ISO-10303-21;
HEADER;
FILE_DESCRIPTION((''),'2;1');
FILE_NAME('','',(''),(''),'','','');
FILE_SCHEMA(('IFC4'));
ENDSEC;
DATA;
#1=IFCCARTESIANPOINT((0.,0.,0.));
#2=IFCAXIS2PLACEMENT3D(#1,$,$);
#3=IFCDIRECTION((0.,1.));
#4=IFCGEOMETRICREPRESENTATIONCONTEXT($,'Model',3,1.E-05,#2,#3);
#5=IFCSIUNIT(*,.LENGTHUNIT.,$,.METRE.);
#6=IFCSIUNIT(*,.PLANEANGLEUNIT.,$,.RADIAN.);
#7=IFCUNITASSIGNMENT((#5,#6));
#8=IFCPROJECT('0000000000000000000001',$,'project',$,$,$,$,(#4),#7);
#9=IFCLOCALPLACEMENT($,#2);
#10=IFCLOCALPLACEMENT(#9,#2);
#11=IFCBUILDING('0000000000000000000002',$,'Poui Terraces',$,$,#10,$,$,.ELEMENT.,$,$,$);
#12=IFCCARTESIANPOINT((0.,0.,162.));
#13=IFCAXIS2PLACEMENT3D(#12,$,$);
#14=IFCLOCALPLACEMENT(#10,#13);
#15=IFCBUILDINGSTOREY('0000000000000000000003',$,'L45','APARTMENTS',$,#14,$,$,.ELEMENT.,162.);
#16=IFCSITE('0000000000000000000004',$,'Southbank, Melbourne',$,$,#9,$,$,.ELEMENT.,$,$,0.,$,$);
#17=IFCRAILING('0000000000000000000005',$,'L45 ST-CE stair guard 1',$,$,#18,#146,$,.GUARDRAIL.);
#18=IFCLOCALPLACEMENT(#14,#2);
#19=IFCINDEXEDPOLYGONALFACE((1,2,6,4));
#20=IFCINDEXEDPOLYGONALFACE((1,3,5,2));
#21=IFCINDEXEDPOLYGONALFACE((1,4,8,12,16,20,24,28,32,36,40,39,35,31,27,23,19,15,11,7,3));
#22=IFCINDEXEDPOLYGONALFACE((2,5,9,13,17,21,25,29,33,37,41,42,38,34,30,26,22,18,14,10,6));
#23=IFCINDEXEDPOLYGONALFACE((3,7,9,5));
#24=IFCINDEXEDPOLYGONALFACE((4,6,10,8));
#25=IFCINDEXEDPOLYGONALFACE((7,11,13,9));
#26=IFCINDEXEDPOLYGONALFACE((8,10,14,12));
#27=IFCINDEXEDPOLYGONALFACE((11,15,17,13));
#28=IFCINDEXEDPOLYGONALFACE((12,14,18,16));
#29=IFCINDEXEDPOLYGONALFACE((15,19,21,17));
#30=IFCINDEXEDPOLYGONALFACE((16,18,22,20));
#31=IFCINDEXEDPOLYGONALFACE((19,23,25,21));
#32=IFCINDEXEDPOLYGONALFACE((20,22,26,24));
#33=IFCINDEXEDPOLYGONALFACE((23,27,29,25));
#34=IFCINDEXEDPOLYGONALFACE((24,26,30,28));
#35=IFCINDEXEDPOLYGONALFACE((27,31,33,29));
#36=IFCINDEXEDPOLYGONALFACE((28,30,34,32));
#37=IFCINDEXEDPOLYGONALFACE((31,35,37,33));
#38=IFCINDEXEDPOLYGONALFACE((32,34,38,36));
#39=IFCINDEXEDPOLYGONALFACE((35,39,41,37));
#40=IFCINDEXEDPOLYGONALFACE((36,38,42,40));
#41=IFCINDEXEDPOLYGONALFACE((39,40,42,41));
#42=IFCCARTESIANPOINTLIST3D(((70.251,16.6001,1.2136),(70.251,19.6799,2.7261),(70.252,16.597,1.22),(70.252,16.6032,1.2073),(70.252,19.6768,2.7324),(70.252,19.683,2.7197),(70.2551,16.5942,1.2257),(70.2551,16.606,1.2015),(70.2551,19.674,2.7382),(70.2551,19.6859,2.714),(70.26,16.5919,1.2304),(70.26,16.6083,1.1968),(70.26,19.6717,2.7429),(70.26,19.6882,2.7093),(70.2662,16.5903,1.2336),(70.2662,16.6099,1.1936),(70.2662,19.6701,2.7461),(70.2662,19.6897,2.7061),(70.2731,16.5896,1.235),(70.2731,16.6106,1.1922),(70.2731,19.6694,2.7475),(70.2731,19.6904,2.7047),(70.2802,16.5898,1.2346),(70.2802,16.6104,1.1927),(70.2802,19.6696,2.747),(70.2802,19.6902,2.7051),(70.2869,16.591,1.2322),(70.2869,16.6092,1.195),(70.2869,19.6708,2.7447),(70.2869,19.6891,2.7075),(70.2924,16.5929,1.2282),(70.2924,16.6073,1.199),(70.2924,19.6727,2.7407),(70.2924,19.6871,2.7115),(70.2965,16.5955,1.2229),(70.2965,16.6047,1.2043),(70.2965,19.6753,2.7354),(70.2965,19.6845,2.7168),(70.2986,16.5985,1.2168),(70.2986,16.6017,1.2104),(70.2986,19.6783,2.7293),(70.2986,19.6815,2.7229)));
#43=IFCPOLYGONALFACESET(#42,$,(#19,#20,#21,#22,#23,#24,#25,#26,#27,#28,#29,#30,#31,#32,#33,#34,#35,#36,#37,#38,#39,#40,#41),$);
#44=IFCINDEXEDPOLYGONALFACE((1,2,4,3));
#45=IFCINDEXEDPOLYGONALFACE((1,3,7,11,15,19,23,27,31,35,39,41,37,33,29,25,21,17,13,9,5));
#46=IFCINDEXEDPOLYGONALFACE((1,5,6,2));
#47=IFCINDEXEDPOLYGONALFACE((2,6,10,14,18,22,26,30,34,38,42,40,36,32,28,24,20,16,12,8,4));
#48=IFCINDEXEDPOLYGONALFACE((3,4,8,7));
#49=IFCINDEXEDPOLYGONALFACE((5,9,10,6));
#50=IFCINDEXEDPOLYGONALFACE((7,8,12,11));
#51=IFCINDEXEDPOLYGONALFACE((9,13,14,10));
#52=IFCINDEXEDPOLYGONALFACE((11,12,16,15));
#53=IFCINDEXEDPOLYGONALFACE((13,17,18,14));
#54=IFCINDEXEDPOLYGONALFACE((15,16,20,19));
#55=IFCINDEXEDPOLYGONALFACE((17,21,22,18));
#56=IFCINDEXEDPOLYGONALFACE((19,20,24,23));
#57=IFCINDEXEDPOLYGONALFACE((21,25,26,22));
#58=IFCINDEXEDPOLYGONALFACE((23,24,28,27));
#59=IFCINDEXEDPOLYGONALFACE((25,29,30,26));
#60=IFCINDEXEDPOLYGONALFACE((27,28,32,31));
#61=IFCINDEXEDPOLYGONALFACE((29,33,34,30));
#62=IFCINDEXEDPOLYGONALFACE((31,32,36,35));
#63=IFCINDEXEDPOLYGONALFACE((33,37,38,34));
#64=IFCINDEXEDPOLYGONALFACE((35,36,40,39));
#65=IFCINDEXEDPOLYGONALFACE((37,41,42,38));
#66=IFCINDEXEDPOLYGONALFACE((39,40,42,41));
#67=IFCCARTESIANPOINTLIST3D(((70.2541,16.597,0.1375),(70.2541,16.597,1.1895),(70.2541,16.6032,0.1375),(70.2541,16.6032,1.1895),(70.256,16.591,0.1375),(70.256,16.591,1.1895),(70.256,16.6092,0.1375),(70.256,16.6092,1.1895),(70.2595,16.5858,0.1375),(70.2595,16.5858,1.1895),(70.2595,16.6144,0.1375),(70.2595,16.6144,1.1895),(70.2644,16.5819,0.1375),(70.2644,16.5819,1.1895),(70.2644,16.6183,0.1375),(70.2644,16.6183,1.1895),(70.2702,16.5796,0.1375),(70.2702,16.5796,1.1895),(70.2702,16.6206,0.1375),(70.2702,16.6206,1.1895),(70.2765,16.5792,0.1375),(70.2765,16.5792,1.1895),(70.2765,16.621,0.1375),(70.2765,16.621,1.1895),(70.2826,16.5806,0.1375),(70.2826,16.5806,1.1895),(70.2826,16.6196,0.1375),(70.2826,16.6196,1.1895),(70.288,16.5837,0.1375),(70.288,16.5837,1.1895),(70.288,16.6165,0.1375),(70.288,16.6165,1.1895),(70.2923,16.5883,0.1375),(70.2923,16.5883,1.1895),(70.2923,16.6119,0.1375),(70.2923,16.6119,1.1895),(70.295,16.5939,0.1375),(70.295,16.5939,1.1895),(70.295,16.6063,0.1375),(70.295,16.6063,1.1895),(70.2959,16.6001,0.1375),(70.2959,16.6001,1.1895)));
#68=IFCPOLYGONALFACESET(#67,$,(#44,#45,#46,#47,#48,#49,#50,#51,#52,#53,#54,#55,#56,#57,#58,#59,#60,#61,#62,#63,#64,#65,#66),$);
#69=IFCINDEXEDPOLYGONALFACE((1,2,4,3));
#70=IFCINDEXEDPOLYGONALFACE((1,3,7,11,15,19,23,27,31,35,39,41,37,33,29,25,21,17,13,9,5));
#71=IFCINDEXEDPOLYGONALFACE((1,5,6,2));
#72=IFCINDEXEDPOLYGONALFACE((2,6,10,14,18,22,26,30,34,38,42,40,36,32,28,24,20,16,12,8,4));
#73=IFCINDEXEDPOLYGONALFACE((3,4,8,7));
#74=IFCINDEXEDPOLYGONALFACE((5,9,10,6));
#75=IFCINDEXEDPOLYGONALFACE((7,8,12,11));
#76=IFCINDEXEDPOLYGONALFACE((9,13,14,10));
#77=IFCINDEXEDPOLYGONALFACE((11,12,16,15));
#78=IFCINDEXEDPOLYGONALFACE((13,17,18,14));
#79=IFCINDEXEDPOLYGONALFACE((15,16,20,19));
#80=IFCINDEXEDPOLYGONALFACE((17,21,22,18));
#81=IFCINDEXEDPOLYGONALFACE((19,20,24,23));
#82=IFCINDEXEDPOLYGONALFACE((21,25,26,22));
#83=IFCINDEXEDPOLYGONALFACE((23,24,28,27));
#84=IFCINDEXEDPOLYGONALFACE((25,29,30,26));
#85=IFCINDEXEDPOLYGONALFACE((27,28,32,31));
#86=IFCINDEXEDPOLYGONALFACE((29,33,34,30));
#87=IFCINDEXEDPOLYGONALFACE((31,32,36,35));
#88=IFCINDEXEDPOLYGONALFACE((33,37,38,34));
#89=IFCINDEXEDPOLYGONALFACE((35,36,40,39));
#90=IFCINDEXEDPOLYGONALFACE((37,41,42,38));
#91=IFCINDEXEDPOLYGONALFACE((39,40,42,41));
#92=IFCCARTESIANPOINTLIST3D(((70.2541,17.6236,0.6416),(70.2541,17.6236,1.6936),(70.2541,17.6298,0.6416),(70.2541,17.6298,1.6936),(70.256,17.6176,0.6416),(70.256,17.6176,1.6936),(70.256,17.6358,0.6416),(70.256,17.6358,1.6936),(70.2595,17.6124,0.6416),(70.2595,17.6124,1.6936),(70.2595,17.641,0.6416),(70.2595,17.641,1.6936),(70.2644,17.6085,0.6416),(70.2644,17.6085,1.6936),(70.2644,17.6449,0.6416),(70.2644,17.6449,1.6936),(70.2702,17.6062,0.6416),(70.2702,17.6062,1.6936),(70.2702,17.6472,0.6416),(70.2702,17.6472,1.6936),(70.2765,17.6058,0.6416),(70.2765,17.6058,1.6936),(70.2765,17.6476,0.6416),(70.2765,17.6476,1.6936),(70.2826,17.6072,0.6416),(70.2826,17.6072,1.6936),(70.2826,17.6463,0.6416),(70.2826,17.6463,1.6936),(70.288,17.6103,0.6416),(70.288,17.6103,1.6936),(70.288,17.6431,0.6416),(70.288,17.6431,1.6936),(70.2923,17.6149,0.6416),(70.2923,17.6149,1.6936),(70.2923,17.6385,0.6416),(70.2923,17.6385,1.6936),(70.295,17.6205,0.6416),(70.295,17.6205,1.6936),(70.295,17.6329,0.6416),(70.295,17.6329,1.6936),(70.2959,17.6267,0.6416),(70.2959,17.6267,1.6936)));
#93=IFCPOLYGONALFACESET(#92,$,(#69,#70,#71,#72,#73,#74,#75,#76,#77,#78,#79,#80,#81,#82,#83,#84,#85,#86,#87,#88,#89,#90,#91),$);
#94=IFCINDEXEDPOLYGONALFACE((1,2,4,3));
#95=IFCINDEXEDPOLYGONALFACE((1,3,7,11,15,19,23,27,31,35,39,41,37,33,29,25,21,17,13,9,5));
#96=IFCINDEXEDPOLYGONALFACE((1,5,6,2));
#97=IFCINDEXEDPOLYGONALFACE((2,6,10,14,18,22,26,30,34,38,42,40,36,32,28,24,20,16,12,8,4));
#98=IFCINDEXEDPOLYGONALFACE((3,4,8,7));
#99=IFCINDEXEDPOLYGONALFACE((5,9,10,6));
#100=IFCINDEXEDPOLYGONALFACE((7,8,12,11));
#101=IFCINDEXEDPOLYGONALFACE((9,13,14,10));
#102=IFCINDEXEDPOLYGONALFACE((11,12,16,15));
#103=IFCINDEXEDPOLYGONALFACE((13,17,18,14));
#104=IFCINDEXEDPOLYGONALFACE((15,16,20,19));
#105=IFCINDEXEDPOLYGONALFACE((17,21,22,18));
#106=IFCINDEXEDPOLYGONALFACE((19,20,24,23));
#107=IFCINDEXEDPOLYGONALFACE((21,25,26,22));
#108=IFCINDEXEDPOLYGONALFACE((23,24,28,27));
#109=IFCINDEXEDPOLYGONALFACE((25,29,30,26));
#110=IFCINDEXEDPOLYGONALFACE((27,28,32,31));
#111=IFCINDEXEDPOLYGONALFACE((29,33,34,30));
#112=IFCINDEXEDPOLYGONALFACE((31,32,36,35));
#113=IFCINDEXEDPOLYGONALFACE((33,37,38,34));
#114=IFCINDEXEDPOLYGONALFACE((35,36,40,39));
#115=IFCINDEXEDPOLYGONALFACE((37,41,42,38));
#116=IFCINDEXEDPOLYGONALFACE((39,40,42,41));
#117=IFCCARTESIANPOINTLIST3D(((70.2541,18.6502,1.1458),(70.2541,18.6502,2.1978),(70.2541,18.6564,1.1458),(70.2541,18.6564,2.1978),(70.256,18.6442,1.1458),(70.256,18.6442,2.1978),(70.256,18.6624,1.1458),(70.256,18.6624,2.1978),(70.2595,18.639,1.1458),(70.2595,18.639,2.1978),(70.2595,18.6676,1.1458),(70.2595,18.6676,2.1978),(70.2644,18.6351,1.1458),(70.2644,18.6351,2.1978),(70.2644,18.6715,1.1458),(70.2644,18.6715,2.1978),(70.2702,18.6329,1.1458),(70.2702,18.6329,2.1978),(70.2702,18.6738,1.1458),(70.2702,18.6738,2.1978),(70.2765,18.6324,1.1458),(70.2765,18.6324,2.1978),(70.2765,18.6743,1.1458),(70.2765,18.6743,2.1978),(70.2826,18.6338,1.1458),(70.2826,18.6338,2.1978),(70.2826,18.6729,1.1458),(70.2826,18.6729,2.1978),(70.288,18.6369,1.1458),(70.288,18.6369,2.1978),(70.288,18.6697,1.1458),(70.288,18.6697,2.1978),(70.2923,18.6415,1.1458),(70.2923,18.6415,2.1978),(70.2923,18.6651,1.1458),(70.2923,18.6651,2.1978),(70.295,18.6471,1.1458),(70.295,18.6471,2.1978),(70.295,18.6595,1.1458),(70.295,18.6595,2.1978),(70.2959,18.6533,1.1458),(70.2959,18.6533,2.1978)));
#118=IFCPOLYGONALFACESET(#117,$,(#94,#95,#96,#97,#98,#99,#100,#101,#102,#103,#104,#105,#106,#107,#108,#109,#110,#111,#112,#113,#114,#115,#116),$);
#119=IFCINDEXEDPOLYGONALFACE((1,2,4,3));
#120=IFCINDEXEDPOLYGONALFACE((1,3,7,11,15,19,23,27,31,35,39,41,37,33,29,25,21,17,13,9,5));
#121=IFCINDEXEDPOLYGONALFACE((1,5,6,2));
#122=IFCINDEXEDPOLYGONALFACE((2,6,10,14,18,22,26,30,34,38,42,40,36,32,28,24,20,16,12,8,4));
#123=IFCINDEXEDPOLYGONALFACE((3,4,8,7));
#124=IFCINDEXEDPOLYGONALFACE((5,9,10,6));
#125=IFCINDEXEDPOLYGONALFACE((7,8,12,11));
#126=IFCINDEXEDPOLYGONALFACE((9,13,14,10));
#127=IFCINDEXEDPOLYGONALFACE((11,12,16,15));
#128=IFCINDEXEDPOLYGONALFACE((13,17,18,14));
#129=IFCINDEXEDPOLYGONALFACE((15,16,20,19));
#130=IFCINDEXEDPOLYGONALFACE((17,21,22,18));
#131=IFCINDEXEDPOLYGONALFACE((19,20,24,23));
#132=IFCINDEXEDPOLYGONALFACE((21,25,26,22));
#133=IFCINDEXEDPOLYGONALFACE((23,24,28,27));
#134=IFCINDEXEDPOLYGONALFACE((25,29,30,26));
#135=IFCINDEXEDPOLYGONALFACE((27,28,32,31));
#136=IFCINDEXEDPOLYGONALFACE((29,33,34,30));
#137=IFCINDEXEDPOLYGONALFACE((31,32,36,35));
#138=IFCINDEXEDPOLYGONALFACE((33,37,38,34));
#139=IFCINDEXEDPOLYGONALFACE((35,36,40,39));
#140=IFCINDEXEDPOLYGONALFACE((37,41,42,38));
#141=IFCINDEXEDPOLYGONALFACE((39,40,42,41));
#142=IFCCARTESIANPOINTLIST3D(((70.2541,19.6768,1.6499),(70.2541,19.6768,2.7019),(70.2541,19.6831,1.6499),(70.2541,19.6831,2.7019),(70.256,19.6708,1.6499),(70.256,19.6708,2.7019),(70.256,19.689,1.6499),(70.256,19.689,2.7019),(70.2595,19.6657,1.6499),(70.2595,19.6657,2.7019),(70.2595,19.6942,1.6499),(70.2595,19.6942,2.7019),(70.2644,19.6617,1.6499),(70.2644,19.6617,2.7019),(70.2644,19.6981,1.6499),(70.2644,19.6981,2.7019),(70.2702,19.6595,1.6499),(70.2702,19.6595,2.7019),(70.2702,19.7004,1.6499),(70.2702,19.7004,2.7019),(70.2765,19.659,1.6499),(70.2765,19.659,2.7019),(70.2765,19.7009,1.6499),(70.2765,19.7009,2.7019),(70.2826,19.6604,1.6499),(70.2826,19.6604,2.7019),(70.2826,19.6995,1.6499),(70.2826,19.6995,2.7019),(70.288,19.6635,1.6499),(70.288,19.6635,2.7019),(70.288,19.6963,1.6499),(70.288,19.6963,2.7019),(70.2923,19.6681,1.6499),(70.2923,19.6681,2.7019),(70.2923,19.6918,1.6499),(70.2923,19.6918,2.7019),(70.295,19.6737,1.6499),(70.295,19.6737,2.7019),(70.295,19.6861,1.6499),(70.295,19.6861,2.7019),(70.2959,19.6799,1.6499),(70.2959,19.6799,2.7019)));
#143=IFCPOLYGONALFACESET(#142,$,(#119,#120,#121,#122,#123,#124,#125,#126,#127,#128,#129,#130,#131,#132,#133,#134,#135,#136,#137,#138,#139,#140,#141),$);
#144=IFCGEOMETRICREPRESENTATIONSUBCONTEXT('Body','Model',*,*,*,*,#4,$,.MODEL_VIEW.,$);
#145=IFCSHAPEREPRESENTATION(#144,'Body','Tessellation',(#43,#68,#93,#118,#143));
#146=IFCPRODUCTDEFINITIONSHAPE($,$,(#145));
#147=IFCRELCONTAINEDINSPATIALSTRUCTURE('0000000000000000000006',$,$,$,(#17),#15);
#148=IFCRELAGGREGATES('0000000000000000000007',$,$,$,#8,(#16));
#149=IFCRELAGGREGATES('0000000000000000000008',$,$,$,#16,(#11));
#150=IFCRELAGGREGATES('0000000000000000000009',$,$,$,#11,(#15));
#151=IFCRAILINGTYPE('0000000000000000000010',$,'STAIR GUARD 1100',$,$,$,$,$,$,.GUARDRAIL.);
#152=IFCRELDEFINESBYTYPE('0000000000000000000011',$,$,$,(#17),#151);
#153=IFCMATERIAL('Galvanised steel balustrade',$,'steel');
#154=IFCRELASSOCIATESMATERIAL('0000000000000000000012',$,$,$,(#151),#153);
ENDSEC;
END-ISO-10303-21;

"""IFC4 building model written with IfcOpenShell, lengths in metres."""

from ifc_helpers import new_model, si_unit, direction, frame, origin, origin_2d, place, context, subcontext, project, spatial, circle, extrude, material, type_object, element, save


model = new_model("IFC4")

# Units and contexts
model_context = context("Model", 3, precision=1e-05, world=origin(), true_north=direction((0.0, 1.0)))
body_context = subcontext(model_context, "Body", "Model", "MODEL_VIEW")
ifc_project = project(units=[si_unit("LENGTHUNIT", "METRE"), si_unit("PLANEANGLEUNIT", "RADIAN")], contexts=[model_context])

# Site, building, storey
site_placement = place(None, origin())
site = spatial("IfcSite", under=ifc_project, at=site_placement, Name="Southbank, Melbourne", CompositionType="ELEMENT", RefElevation=0.0)
building_placement = place(site_placement, origin())
building = spatial("IfcBuilding", under=site, at=building_placement, Name="Poui Terraces", CompositionType="ELEMENT")
storey_placement = place(building_placement, frame((0.0, 0.0, 162.0)))
storey = spatial("IfcBuildingStorey", under=building, at=storey_placement, Name="L45", Description="APARTMENTS", CompositionType="ELEMENT", Elevation=162.0)

# Railing
ifc_material_1 = material(Name="Galvanised steel balustrade", Category="steel")
railing_type_1 = type_object("IfcRailingType", Name="STAIR GUARD 1100", PredefinedType="GUARDRAIL", material=ifc_material_1)
railing_1_placement = place(storey_placement, frame((70.2749, 16.6001, 0.1375)))
element("IfcRailing", 1, at=railing_1_placement, inside=storey, type_object=railing_type_1, Name="L45 ST-CE stair guard 1", PredefinedType="GUARDRAIL", context=body_context, shape_type="SweptSolid", body=[
    extrude(circle(Radius=0.0239, at=origin_2d()), frame((0.0, 0.0, 1.0762), z_axis=(0.0, 0.897606, 0.440798), x_axis=(-1.0, 0.0, 0.0)), (0.0, 0.0, 1.0), 3.4312),
    extrude(circle(Radius=0.021, at=origin_2d()), origin(), (0.0, 0.0, 1.0), 1.052),
    extrude(circle(Radius=0.021, at=origin_2d()), frame((0.0, 1.0266, 0.5042)), (0.0, 0.0, 1.0), 1.052),
    extrude(circle(Radius=0.021, at=origin_2d()), frame((0.0, 2.0532, 1.0083)), (0.0, 0.0, 1.0), 1.052),
    extrude(circle(Radius=0.021, at=origin_2d()), frame((0.0, 3.0798, 1.5125)), (0.0, 0.0, 1.0), 1.052),
])

save(model, "model.ifc")
